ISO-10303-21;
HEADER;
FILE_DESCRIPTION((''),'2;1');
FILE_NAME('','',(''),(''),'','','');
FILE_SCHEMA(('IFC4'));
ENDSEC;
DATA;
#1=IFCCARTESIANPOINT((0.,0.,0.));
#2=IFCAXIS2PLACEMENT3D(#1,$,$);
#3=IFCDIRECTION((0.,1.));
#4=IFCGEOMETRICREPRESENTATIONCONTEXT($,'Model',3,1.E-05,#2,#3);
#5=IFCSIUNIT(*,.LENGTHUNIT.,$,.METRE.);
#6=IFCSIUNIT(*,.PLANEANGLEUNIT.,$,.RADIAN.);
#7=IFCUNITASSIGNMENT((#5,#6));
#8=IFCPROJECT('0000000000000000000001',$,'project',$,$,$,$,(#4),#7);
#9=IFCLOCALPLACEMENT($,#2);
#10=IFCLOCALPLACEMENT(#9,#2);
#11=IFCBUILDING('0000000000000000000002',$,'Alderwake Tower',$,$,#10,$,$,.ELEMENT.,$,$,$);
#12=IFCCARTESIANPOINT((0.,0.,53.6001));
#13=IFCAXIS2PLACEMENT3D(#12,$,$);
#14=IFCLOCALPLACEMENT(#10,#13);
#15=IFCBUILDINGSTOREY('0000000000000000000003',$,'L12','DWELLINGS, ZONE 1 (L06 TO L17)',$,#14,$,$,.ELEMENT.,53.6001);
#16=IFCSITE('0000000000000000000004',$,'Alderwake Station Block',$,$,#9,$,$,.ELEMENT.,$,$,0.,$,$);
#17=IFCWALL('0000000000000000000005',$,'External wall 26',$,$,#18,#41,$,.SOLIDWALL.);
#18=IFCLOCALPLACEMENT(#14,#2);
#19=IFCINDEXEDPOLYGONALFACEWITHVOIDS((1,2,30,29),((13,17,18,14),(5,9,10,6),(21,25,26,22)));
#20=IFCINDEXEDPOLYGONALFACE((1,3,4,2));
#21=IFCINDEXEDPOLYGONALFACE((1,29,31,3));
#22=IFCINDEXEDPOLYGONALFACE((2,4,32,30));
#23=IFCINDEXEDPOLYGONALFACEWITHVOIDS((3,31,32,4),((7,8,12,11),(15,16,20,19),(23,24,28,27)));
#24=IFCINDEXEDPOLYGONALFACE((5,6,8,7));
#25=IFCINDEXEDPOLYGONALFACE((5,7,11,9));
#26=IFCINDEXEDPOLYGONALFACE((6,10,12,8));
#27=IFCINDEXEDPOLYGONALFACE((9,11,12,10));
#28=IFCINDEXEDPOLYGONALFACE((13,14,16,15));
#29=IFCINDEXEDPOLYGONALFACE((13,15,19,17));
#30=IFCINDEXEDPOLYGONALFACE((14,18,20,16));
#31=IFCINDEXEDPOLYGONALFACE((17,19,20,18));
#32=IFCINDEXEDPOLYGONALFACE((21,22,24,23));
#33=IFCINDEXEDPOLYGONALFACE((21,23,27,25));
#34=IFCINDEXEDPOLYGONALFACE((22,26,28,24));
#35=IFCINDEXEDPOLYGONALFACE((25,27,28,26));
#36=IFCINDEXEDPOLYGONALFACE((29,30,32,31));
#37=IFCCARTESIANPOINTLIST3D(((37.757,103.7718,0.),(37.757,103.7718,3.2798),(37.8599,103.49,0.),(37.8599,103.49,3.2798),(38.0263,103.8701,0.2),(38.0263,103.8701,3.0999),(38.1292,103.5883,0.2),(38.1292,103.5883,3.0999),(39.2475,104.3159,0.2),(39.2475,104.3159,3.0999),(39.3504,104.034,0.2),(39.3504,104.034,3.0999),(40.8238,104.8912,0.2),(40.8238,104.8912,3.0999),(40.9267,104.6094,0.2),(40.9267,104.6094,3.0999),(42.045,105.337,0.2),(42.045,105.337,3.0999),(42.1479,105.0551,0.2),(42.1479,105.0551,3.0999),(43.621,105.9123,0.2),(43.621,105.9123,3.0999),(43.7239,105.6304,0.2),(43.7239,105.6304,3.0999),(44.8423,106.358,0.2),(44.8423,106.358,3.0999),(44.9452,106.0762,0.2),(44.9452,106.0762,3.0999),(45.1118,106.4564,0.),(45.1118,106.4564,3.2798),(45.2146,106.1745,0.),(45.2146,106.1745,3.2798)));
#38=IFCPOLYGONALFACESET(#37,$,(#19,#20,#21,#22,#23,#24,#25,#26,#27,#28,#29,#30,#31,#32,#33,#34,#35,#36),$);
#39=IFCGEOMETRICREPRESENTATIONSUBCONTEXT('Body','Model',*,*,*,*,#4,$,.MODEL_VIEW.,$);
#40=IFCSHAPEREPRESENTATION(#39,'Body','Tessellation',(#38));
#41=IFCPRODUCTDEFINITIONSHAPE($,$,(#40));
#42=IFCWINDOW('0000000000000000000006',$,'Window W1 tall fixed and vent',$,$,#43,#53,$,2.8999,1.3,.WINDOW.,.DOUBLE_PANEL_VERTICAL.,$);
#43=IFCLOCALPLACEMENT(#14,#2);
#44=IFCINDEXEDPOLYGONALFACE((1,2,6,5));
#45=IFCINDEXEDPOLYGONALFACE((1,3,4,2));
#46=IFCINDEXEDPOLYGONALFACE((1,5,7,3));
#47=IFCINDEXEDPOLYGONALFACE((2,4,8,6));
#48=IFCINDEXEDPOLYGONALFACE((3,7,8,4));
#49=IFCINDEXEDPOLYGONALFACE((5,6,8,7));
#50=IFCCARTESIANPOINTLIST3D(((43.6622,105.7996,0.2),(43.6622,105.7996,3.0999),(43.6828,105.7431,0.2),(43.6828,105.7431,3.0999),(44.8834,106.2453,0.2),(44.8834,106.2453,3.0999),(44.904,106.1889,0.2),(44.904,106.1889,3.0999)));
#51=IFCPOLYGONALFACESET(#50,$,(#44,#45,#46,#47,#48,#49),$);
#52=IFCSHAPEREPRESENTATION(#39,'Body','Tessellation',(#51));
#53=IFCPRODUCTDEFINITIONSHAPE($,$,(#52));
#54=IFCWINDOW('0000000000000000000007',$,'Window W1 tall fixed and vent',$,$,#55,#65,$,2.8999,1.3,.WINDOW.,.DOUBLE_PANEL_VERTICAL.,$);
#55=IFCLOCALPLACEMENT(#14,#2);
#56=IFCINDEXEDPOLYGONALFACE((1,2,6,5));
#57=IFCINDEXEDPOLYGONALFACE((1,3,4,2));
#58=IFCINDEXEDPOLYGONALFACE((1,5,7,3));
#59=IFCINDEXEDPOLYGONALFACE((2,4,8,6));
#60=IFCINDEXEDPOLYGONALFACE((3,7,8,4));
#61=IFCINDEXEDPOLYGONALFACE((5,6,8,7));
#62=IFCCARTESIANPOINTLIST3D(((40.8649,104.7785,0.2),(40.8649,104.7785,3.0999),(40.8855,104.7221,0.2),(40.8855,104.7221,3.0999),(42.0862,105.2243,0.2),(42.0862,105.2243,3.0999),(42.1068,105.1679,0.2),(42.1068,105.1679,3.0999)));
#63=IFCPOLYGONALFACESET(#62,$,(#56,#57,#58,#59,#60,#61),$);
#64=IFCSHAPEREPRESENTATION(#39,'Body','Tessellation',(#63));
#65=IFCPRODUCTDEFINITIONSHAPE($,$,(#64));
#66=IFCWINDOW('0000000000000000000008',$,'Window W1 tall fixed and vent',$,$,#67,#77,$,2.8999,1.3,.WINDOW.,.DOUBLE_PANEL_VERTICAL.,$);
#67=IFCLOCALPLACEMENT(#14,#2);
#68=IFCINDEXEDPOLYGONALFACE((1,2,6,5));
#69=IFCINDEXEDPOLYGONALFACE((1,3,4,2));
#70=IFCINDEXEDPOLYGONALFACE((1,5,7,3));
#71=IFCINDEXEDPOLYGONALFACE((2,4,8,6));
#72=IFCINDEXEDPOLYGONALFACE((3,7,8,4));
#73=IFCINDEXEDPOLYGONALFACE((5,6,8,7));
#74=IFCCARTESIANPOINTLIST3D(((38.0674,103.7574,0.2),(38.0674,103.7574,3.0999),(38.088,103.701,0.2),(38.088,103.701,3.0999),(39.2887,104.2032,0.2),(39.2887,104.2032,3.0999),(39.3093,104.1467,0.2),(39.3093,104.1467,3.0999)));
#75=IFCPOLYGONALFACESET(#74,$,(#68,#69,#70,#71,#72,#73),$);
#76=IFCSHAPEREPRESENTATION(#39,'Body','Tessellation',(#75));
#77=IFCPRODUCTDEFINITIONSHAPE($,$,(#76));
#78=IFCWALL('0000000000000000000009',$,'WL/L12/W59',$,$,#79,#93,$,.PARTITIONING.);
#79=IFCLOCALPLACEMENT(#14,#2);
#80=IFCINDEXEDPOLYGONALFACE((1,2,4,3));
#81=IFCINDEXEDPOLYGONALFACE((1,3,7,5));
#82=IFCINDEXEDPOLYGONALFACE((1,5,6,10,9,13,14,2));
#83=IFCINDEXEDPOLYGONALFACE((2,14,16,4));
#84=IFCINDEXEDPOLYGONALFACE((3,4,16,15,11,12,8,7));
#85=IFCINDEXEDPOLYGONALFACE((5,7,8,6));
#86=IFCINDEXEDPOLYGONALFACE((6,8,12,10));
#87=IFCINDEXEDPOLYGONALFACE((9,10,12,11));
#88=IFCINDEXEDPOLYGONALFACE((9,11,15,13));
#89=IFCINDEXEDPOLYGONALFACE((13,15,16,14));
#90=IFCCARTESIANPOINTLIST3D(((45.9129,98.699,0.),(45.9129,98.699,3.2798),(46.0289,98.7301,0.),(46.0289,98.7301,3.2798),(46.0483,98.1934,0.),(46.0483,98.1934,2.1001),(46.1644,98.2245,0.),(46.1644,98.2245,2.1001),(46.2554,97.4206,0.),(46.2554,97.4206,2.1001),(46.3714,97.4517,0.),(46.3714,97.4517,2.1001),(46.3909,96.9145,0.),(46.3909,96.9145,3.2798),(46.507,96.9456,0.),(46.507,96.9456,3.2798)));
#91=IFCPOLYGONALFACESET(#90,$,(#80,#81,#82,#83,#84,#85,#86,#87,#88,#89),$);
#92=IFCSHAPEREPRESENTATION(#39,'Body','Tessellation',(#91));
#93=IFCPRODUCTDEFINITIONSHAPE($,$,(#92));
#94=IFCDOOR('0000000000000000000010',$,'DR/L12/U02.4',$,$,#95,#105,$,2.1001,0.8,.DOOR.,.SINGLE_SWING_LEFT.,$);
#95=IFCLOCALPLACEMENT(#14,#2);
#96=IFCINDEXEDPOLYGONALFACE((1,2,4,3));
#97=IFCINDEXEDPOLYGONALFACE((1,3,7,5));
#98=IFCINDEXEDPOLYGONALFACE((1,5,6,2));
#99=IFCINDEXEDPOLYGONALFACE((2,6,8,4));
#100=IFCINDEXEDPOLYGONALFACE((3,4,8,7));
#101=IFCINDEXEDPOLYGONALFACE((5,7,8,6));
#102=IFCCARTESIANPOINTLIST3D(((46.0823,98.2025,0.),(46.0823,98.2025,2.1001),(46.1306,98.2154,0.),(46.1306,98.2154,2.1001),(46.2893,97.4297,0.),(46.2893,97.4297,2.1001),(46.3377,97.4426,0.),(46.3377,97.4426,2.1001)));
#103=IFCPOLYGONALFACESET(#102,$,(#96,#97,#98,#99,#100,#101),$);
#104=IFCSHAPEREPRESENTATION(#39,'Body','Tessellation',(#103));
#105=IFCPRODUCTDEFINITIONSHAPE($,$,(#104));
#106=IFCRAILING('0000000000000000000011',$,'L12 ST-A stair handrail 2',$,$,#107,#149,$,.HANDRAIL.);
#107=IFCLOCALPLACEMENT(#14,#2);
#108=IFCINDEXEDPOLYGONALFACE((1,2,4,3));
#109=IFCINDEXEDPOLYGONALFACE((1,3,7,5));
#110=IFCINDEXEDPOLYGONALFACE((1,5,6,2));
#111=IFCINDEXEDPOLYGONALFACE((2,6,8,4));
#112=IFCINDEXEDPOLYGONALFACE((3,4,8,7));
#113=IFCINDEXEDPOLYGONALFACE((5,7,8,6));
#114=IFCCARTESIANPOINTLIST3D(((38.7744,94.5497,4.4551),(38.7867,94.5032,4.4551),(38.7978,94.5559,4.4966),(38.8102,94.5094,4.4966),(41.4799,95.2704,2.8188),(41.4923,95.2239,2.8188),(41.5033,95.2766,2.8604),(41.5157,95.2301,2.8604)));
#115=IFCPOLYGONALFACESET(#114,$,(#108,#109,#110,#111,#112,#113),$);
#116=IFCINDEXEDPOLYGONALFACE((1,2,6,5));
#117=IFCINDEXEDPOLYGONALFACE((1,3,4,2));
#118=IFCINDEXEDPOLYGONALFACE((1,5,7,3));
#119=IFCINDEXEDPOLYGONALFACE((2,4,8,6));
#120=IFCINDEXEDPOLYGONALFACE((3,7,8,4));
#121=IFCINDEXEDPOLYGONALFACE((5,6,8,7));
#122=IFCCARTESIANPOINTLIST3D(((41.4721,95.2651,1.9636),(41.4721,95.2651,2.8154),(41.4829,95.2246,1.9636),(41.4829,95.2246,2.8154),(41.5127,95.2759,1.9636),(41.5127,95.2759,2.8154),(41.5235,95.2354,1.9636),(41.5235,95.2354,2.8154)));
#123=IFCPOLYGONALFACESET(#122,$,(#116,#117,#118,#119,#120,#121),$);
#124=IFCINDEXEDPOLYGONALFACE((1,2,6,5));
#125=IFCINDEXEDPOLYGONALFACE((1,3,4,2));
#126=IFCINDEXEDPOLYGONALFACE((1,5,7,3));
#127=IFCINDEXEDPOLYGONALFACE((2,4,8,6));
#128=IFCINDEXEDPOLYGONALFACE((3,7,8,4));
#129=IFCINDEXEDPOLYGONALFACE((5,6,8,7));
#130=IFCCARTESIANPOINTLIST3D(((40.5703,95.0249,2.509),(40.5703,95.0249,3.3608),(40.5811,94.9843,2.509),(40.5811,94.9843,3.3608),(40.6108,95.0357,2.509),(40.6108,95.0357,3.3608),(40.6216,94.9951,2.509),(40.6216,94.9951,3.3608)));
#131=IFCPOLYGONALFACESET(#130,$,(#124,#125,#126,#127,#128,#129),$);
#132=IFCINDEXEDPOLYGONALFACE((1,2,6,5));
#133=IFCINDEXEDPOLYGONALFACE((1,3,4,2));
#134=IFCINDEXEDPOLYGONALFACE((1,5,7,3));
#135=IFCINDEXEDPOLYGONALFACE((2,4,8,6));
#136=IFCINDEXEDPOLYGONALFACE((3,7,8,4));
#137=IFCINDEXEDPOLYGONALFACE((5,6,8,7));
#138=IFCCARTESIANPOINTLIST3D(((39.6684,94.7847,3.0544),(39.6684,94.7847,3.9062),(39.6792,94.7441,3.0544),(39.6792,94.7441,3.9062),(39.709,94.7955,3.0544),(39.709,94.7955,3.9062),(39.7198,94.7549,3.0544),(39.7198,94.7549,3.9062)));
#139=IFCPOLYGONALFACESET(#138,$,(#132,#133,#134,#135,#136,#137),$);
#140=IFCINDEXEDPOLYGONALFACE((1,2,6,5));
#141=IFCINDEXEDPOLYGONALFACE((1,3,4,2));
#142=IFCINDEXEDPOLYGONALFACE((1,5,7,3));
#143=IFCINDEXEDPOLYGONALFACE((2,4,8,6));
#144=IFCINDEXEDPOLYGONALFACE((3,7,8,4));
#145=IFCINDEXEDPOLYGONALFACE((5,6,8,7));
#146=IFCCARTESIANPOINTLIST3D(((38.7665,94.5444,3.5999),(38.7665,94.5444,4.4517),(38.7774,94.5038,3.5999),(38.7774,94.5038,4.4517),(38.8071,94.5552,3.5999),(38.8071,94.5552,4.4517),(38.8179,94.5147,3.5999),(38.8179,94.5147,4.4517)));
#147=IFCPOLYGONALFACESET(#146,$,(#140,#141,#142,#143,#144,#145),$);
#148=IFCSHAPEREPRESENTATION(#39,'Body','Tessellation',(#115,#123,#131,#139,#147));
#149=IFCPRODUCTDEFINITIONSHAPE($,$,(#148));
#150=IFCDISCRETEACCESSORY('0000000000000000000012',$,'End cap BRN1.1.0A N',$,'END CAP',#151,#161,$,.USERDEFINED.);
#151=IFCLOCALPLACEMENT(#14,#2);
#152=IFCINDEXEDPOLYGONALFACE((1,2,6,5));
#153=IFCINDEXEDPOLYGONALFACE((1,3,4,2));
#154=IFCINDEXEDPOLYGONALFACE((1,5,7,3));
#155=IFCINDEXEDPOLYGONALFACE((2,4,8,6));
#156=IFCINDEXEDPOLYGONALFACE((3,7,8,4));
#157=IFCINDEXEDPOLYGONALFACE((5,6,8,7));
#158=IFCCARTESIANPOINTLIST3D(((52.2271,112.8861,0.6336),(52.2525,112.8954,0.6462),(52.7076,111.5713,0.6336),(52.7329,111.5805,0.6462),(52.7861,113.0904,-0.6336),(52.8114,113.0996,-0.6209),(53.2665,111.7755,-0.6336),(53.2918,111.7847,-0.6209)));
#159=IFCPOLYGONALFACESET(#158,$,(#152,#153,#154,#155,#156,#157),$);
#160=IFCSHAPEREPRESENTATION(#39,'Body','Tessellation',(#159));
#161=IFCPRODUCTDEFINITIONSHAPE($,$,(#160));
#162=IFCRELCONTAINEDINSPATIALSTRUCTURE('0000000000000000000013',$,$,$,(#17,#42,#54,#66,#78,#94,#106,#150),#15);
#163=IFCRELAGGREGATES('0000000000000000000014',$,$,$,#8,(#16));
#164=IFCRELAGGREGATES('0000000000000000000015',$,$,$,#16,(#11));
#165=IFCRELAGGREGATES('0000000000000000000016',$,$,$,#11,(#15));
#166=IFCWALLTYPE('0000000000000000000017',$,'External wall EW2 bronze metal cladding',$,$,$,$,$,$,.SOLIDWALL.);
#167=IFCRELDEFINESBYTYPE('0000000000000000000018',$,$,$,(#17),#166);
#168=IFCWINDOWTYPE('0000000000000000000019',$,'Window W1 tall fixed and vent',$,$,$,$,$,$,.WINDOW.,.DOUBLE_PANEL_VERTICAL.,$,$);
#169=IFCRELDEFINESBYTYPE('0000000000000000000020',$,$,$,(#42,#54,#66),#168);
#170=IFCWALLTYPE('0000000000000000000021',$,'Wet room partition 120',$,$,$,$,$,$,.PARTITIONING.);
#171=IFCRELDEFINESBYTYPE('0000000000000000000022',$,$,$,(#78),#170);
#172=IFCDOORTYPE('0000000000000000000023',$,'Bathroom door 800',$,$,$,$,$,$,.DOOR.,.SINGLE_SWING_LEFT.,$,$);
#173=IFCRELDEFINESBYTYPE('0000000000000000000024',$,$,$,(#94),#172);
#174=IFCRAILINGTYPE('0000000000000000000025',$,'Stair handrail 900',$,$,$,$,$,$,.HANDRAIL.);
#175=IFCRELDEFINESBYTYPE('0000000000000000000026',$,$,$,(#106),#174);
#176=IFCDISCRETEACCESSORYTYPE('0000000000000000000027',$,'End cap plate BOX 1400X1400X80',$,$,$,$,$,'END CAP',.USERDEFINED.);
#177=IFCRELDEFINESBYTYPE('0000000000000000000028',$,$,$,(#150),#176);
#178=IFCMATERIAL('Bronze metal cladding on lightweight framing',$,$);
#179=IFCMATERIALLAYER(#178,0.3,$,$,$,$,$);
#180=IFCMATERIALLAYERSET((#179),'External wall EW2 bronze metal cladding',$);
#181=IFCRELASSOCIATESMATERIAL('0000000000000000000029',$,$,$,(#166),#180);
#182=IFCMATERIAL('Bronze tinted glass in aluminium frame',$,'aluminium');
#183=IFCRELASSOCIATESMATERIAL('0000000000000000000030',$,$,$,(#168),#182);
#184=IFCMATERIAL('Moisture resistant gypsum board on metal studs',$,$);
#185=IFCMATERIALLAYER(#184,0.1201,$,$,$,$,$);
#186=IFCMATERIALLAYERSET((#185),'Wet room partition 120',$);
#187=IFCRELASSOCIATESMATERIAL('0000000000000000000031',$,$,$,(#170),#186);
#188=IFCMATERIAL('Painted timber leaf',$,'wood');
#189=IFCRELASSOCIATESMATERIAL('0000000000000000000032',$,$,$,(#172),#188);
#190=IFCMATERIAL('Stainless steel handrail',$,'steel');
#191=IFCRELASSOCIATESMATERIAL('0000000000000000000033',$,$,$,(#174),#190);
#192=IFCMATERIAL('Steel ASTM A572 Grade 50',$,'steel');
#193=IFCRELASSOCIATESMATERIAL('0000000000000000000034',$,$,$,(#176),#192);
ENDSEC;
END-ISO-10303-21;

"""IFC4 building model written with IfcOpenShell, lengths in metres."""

from ifc_helpers import new_model, si_unit, direction, frame, frame_2d, origin, origin_2d, place, context, subcontext, project, spatial, rectangle, extrude, material, layer, layer_set, material_profile, profile_set, type_object, element, fill, save


model = new_model("IFC4")

# Units and contexts
model_context = context("Model", 3, precision=1e-05, world=origin(), true_north=direction((0.0, 1.0)))
body_context = subcontext(model_context, "Body", "Model", "MODEL_VIEW")
ifc_project = project(units=[si_unit("LENGTHUNIT", "METRE"), si_unit("PLANEANGLEUNIT", "RADIAN")], contexts=[model_context])

# Site, building, storey
site_placement = place(None, origin())
site = spatial("IfcSite", under=ifc_project, at=site_placement, Name="Alderwake Station Block", CompositionType="ELEMENT", RefElevation=0.0)
building_placement = place(site_placement, origin())
building = spatial("IfcBuilding", under=site, at=building_placement, Name="Alderwake Tower", CompositionType="ELEMENT")
storey_placement = place(building_placement, frame((0.0, 0.0, 53.6001)))
storey = spatial("IfcBuildingStorey", under=building, at=storey_placement, Name="L12", Description="DWELLINGS, ZONE 1 (L06 TO L17)", CompositionType="ELEMENT", Elevation=53.6001)

# Shared definitions
ifc_material_1 = material(Name="Bronze metal cladding on lightweight framing")
ifc_layer_1 = layer(ifc_material_1, 0.3)
ifc_layer_set_1 = layer_set([ifc_layer_1], Name="External wall EW2 bronze metal cladding")
wall_type_1 = type_object("IfcWallType", Name="External wall EW2 bronze metal cladding", PredefinedType="SOLIDWALL", material=ifc_layer_set_1)
ifc_material_2 = material(Name="Bronze tinted glass in aluminium frame", Category="aluminium")
window_type = type_object("IfcWindowType", Name="Window W1 tall fixed and vent", PartitioningType="DOUBLE_PANEL_VERTICAL", PredefinedType="WINDOW", material=ifc_material_2)

# Wall, openings, windows
wall_1_placement = place(storey_placement, frame((45.1631, 106.3154, 0.0), z_axis=(0.0, 0.0, 1.0), x_axis=(-0.939378, -0.342885, 0.0)))
wall_1 = element("IfcWall", 1, at=wall_1_placement, inside=storey, type_object=wall_type_1, Name="External wall 26", PredefinedType="SOLIDWALL", context=body_context, shape_type="SweptSolid", body=[
    extrude(rectangle(XDim=7.8293, YDim=0.3, at=frame_2d((3.9146, 0.0))), origin(), (0.0, 0.0, 1.0), 3.2798),
])
opening_1_placement = place(wall_1_placement, frame((0.2869, 0.0, 0.2)))
opening_1 = element("IfcOpeningElement", 2, at=opening_1_placement, cuts=wall_1, PredefinedType="OPENING", context=body_context, shape_type="SweptSolid", body=[
    extrude(rectangle(XDim=1.3, YDim=2.8999, at=frame_2d((0.6499, 1.45))), frame((0.0, 0.1599, 0.0), z_axis=(0.0, -1.0, 0.0), x_axis=(1.0, 0.0, 0.0)), (0.0, 0.0, 1.0), 0.3201),
])
opening_2_placement = place(wall_1_placement, frame((3.2646, 0.0, 0.2)))
opening_2 = element("IfcOpeningElement", 3, at=opening_2_placement, cuts=wall_1, PredefinedType="OPENING", context=body_context, shape_type="SweptSolid", body=[
    extrude(rectangle(XDim=1.3, YDim=2.8999, at=frame_2d((0.6499, 1.45))), frame((0.0, 0.1599, 0.0), z_axis=(0.0, -1.0, 0.0), x_axis=(1.0, 0.0, 0.0)), (0.0, 0.0, 1.0), 0.3201),
])
opening_3_placement = place(wall_1_placement, frame((6.2427, 0.0, 0.2)))
opening_3 = element("IfcOpeningElement", 4, at=opening_3_placement, cuts=wall_1, PredefinedType="OPENING", context=body_context, shape_type="SweptSolid", body=[
    extrude(rectangle(XDim=1.3, YDim=2.8999, at=frame_2d((0.6499, 1.45))), frame((0.0, 0.1599, 0.0), z_axis=(0.0, -1.0, 0.0), x_axis=(1.0, 0.0, 0.0)), (0.0, 0.0, 1.0), 0.3201),
])
window_1_placement = place(opening_1_placement, origin())
window_1 = element("IfcWindow", 5, at=window_1_placement, inside=storey, type_object=window_type, Name="Window W1 tall fixed and vent", OverallHeight=2.8999, OverallWidth=1.3, PartitioningType="DOUBLE_PANEL_VERTICAL", PredefinedType="WINDOW", context=body_context, shape_type="SweptSolid", body=[
    extrude(rectangle(XDim=1.3, YDim=2.8999, at=frame_2d((0.6499, 1.45))), frame((0.0, 0.03, 0.0), z_axis=(0.0, -1.0, 0.0), x_axis=(1.0, 0.0, 0.0)), (0.0, 0.0, 1.0), 0.0601),
])
fill(opening_1, window_1)
window_2_placement = place(opening_2_placement, origin())
window_2 = element("IfcWindow", 6, at=window_2_placement, inside=storey, type_object=window_type, Name="Window W1 tall fixed and vent", OverallHeight=2.8999, OverallWidth=1.3, PartitioningType="DOUBLE_PANEL_VERTICAL", PredefinedType="WINDOW", context=body_context, shape_type="SweptSolid", body=[
    extrude(rectangle(XDim=1.3, YDim=2.8999, at=frame_2d((0.6499, 1.45))), frame((0.0, 0.03, 0.0), z_axis=(0.0, -1.0, 0.0), x_axis=(1.0, 0.0, 0.0)), (0.0, 0.0, 1.0), 0.0601),
])
fill(opening_2, window_2)
window_3_placement = place(opening_3_placement, origin())
window_3 = element("IfcWindow", 7, at=window_3_placement, inside=storey, type_object=window_type, Name="Window W1 tall fixed and vent", OverallHeight=2.8999, OverallWidth=1.3, PartitioningType="DOUBLE_PANEL_VERTICAL", PredefinedType="WINDOW", context=body_context, shape_type="SweptSolid", body=[
    extrude(rectangle(XDim=1.3, YDim=2.8999, at=frame_2d((0.6499, 1.45))), frame((0.0, 0.03, 0.0), z_axis=(0.0, -1.0, 0.0), x_axis=(1.0, 0.0, 0.0)), (0.0, 0.0, 1.0), 0.0601),
])
fill(opening_3, window_3)

# Wall, opening, door
ifc_material_3 = material(Name="Moisture resistant gypsum board on metal studs")
ifc_layer_2 = layer(ifc_material_3, 0.1201)
ifc_layer_set_2 = layer_set([ifc_layer_2], Name="Wet room partition 120")
wall_type_2 = type_object("IfcWallType", Name="Wet room partition 120", PredefinedType="PARTITIONING", material=ifc_layer_set_2)
wall_2_placement = place(storey_placement, frame((46.449, 96.9299, 0.0), z_axis=(0.0, 0.0, 1.0), x_axis=(-0.258765, 0.96594, 0.0)))
wall_2 = element("IfcWall", 8, at=wall_2_placement, inside=storey, type_object=wall_type_2, Name="WL/L12/W59", PredefinedType="PARTITIONING", context=body_context, shape_type="SweptSolid", body=[
    extrude(rectangle(XDim=1.8474, YDim=0.1201, at=frame_2d((0.9238, 0.0))), origin(), (0.0, 0.0, 1.0), 3.2798),
])
opening_4_placement = place(wall_2_placement, frame((0.5242, 0.0, 0.0)))
opening_4 = element("IfcOpeningElement", 9, at=opening_4_placement, cuts=wall_2, PredefinedType="OPENING", context=body_context, shape_type="SweptSolid", body=[
    extrude(rectangle(XDim=0.8, YDim=2.1001, at=frame_2d((0.3999, 1.05))), frame((0.0, 0.0701, 0.0), z_axis=(0.0, -1.0, 0.0), x_axis=(1.0, 0.0, 0.0)), (0.0, 0.0, 1.0), 0.1401),
])
ifc_material_4 = material(Name="Painted timber leaf", Category="wood")
door_type_1 = type_object("IfcDoorType", Name="Bathroom door 800", OperationType="SINGLE_SWING_LEFT", PredefinedType="DOOR", material=ifc_material_4)
door_1_placement = place(opening_4_placement, origin())
door_1 = element("IfcDoor", 10, at=door_1_placement, inside=storey, type_object=door_type_1, Name="DR/L12/U02.4", OperationType="SINGLE_SWING_LEFT", OverallHeight=2.1001, OverallWidth=0.8, PredefinedType="DOOR", context=body_context, shape_type="SweptSolid", body=[
    extrude(rectangle(XDim=0.8, YDim=2.1001, at=frame_2d((0.3999, 1.05))), frame((0.0, 0.0249, 0.0), z_axis=(0.0, -1.0, 0.0), x_axis=(1.0, 0.0, 0.0)), (0.0, 0.0, 1.0), 0.05),
])
fill(opening_4, door_1)

# Railing
ifc_material_5 = material(Name="Stainless steel handrail", Category="steel")
railing_type = type_object("IfcRailingType", Name="Stair handrail 900", PredefinedType="HANDRAIL", material=ifc_material_5)
railing_placement = place(storey_placement, frame((41.4978, 95.2502, 1.9636)))
element("IfcRailing", 11, at=railing_placement, inside=storey, type_object=railing_type, Name="L12 ST-A stair handrail 2", PredefinedType="HANDRAIL", context=body_context, shape_type="SweptSolid", body=[
    extrude(rectangle(XDim=0.0481, YDim=0.0481, at=origin_2d()), frame((0.0, 0.0, 0.876), z_axis=(-0.834291, -0.222237, 0.504549), x_axis=(0.257402, -0.966304, 0.0)), (0.0, 0.0, 1.0), 3.2429),
    extrude(rectangle(XDim=0.042, YDim=0.042, at=origin_2d()), frame((0.0, 0.0, 0.0), z_axis=(0.0, 0.0, 1.0), x_axis=(-0.966304, -0.257402, 0.0)), (0.0, 0.0, 1.0), 0.8518),
    extrude(rectangle(XDim=0.042, YDim=0.042, at=origin_2d()), frame((-0.9019, -0.2402, 0.5454), z_axis=(0.0, 0.0, 1.0), x_axis=(-0.966304, -0.257402, 0.0)), (0.0, 0.0, 1.0), 0.8518),
    extrude(rectangle(XDim=0.042, YDim=0.042, at=origin_2d()), frame((-1.8037, -0.4805, 1.0908), z_axis=(0.0, 0.0, 1.0), x_axis=(-0.966304, -0.257402, 0.0)), (0.0, 0.0, 1.0), 0.8518),
    extrude(rectangle(XDim=0.042, YDim=0.042, at=origin_2d()), frame((-2.7056, -0.7207, 1.6362), z_axis=(0.0, 0.0, 1.0), x_axis=(-0.966304, -0.257402, 0.0)), (0.0, 0.0, 1.0), 0.8518),
])

# Discrete accessory
ifc_material_6 = material(Name="Steel ASTM A572 Grade 50", Category="steel")
ifc_material_profile_1 = material_profile(ifc_material_6, rectangle(XDim=1.3999, YDim=1.3999, at=origin_2d()), Name="BOX 1400X1400X80 cap")
ifc_profile_set_1 = profile_set([ifc_material_profile_1], Name="Steel ASTM A572 Grade 50")
discrete_accessory_type = type_object("IfcDiscreteAccessoryType", Name="End cap plate BOX 1400X1400X80", ElementType="END CAP", PredefinedType="USERDEFINED", material=ifc_profile_set_1)
discrete_accessory_placement = place(storey_placement, frame((52.7468, 112.3308, 0.0), z_axis=(0.850177, 0.310642, 0.425089), x_axis=(-0.343193, 0.939265, 0.0)))
element("IfcDiscreteAccessory", 12, at=discrete_accessory_placement, inside=storey, type_object=discrete_accessory_type, Name="End cap BRN1.1.0A N", ObjectType="END CAP", PredefinedType="USERDEFINED", context=body_context, shape_type="SweptSolid", body=[
    extrude(rectangle(XDim=1.3999, YDim=1.3999, at=origin_2d()), origin(), (0.0, 0.0, 1.0), 0.0298),
])

save(model, "model.ifc")
